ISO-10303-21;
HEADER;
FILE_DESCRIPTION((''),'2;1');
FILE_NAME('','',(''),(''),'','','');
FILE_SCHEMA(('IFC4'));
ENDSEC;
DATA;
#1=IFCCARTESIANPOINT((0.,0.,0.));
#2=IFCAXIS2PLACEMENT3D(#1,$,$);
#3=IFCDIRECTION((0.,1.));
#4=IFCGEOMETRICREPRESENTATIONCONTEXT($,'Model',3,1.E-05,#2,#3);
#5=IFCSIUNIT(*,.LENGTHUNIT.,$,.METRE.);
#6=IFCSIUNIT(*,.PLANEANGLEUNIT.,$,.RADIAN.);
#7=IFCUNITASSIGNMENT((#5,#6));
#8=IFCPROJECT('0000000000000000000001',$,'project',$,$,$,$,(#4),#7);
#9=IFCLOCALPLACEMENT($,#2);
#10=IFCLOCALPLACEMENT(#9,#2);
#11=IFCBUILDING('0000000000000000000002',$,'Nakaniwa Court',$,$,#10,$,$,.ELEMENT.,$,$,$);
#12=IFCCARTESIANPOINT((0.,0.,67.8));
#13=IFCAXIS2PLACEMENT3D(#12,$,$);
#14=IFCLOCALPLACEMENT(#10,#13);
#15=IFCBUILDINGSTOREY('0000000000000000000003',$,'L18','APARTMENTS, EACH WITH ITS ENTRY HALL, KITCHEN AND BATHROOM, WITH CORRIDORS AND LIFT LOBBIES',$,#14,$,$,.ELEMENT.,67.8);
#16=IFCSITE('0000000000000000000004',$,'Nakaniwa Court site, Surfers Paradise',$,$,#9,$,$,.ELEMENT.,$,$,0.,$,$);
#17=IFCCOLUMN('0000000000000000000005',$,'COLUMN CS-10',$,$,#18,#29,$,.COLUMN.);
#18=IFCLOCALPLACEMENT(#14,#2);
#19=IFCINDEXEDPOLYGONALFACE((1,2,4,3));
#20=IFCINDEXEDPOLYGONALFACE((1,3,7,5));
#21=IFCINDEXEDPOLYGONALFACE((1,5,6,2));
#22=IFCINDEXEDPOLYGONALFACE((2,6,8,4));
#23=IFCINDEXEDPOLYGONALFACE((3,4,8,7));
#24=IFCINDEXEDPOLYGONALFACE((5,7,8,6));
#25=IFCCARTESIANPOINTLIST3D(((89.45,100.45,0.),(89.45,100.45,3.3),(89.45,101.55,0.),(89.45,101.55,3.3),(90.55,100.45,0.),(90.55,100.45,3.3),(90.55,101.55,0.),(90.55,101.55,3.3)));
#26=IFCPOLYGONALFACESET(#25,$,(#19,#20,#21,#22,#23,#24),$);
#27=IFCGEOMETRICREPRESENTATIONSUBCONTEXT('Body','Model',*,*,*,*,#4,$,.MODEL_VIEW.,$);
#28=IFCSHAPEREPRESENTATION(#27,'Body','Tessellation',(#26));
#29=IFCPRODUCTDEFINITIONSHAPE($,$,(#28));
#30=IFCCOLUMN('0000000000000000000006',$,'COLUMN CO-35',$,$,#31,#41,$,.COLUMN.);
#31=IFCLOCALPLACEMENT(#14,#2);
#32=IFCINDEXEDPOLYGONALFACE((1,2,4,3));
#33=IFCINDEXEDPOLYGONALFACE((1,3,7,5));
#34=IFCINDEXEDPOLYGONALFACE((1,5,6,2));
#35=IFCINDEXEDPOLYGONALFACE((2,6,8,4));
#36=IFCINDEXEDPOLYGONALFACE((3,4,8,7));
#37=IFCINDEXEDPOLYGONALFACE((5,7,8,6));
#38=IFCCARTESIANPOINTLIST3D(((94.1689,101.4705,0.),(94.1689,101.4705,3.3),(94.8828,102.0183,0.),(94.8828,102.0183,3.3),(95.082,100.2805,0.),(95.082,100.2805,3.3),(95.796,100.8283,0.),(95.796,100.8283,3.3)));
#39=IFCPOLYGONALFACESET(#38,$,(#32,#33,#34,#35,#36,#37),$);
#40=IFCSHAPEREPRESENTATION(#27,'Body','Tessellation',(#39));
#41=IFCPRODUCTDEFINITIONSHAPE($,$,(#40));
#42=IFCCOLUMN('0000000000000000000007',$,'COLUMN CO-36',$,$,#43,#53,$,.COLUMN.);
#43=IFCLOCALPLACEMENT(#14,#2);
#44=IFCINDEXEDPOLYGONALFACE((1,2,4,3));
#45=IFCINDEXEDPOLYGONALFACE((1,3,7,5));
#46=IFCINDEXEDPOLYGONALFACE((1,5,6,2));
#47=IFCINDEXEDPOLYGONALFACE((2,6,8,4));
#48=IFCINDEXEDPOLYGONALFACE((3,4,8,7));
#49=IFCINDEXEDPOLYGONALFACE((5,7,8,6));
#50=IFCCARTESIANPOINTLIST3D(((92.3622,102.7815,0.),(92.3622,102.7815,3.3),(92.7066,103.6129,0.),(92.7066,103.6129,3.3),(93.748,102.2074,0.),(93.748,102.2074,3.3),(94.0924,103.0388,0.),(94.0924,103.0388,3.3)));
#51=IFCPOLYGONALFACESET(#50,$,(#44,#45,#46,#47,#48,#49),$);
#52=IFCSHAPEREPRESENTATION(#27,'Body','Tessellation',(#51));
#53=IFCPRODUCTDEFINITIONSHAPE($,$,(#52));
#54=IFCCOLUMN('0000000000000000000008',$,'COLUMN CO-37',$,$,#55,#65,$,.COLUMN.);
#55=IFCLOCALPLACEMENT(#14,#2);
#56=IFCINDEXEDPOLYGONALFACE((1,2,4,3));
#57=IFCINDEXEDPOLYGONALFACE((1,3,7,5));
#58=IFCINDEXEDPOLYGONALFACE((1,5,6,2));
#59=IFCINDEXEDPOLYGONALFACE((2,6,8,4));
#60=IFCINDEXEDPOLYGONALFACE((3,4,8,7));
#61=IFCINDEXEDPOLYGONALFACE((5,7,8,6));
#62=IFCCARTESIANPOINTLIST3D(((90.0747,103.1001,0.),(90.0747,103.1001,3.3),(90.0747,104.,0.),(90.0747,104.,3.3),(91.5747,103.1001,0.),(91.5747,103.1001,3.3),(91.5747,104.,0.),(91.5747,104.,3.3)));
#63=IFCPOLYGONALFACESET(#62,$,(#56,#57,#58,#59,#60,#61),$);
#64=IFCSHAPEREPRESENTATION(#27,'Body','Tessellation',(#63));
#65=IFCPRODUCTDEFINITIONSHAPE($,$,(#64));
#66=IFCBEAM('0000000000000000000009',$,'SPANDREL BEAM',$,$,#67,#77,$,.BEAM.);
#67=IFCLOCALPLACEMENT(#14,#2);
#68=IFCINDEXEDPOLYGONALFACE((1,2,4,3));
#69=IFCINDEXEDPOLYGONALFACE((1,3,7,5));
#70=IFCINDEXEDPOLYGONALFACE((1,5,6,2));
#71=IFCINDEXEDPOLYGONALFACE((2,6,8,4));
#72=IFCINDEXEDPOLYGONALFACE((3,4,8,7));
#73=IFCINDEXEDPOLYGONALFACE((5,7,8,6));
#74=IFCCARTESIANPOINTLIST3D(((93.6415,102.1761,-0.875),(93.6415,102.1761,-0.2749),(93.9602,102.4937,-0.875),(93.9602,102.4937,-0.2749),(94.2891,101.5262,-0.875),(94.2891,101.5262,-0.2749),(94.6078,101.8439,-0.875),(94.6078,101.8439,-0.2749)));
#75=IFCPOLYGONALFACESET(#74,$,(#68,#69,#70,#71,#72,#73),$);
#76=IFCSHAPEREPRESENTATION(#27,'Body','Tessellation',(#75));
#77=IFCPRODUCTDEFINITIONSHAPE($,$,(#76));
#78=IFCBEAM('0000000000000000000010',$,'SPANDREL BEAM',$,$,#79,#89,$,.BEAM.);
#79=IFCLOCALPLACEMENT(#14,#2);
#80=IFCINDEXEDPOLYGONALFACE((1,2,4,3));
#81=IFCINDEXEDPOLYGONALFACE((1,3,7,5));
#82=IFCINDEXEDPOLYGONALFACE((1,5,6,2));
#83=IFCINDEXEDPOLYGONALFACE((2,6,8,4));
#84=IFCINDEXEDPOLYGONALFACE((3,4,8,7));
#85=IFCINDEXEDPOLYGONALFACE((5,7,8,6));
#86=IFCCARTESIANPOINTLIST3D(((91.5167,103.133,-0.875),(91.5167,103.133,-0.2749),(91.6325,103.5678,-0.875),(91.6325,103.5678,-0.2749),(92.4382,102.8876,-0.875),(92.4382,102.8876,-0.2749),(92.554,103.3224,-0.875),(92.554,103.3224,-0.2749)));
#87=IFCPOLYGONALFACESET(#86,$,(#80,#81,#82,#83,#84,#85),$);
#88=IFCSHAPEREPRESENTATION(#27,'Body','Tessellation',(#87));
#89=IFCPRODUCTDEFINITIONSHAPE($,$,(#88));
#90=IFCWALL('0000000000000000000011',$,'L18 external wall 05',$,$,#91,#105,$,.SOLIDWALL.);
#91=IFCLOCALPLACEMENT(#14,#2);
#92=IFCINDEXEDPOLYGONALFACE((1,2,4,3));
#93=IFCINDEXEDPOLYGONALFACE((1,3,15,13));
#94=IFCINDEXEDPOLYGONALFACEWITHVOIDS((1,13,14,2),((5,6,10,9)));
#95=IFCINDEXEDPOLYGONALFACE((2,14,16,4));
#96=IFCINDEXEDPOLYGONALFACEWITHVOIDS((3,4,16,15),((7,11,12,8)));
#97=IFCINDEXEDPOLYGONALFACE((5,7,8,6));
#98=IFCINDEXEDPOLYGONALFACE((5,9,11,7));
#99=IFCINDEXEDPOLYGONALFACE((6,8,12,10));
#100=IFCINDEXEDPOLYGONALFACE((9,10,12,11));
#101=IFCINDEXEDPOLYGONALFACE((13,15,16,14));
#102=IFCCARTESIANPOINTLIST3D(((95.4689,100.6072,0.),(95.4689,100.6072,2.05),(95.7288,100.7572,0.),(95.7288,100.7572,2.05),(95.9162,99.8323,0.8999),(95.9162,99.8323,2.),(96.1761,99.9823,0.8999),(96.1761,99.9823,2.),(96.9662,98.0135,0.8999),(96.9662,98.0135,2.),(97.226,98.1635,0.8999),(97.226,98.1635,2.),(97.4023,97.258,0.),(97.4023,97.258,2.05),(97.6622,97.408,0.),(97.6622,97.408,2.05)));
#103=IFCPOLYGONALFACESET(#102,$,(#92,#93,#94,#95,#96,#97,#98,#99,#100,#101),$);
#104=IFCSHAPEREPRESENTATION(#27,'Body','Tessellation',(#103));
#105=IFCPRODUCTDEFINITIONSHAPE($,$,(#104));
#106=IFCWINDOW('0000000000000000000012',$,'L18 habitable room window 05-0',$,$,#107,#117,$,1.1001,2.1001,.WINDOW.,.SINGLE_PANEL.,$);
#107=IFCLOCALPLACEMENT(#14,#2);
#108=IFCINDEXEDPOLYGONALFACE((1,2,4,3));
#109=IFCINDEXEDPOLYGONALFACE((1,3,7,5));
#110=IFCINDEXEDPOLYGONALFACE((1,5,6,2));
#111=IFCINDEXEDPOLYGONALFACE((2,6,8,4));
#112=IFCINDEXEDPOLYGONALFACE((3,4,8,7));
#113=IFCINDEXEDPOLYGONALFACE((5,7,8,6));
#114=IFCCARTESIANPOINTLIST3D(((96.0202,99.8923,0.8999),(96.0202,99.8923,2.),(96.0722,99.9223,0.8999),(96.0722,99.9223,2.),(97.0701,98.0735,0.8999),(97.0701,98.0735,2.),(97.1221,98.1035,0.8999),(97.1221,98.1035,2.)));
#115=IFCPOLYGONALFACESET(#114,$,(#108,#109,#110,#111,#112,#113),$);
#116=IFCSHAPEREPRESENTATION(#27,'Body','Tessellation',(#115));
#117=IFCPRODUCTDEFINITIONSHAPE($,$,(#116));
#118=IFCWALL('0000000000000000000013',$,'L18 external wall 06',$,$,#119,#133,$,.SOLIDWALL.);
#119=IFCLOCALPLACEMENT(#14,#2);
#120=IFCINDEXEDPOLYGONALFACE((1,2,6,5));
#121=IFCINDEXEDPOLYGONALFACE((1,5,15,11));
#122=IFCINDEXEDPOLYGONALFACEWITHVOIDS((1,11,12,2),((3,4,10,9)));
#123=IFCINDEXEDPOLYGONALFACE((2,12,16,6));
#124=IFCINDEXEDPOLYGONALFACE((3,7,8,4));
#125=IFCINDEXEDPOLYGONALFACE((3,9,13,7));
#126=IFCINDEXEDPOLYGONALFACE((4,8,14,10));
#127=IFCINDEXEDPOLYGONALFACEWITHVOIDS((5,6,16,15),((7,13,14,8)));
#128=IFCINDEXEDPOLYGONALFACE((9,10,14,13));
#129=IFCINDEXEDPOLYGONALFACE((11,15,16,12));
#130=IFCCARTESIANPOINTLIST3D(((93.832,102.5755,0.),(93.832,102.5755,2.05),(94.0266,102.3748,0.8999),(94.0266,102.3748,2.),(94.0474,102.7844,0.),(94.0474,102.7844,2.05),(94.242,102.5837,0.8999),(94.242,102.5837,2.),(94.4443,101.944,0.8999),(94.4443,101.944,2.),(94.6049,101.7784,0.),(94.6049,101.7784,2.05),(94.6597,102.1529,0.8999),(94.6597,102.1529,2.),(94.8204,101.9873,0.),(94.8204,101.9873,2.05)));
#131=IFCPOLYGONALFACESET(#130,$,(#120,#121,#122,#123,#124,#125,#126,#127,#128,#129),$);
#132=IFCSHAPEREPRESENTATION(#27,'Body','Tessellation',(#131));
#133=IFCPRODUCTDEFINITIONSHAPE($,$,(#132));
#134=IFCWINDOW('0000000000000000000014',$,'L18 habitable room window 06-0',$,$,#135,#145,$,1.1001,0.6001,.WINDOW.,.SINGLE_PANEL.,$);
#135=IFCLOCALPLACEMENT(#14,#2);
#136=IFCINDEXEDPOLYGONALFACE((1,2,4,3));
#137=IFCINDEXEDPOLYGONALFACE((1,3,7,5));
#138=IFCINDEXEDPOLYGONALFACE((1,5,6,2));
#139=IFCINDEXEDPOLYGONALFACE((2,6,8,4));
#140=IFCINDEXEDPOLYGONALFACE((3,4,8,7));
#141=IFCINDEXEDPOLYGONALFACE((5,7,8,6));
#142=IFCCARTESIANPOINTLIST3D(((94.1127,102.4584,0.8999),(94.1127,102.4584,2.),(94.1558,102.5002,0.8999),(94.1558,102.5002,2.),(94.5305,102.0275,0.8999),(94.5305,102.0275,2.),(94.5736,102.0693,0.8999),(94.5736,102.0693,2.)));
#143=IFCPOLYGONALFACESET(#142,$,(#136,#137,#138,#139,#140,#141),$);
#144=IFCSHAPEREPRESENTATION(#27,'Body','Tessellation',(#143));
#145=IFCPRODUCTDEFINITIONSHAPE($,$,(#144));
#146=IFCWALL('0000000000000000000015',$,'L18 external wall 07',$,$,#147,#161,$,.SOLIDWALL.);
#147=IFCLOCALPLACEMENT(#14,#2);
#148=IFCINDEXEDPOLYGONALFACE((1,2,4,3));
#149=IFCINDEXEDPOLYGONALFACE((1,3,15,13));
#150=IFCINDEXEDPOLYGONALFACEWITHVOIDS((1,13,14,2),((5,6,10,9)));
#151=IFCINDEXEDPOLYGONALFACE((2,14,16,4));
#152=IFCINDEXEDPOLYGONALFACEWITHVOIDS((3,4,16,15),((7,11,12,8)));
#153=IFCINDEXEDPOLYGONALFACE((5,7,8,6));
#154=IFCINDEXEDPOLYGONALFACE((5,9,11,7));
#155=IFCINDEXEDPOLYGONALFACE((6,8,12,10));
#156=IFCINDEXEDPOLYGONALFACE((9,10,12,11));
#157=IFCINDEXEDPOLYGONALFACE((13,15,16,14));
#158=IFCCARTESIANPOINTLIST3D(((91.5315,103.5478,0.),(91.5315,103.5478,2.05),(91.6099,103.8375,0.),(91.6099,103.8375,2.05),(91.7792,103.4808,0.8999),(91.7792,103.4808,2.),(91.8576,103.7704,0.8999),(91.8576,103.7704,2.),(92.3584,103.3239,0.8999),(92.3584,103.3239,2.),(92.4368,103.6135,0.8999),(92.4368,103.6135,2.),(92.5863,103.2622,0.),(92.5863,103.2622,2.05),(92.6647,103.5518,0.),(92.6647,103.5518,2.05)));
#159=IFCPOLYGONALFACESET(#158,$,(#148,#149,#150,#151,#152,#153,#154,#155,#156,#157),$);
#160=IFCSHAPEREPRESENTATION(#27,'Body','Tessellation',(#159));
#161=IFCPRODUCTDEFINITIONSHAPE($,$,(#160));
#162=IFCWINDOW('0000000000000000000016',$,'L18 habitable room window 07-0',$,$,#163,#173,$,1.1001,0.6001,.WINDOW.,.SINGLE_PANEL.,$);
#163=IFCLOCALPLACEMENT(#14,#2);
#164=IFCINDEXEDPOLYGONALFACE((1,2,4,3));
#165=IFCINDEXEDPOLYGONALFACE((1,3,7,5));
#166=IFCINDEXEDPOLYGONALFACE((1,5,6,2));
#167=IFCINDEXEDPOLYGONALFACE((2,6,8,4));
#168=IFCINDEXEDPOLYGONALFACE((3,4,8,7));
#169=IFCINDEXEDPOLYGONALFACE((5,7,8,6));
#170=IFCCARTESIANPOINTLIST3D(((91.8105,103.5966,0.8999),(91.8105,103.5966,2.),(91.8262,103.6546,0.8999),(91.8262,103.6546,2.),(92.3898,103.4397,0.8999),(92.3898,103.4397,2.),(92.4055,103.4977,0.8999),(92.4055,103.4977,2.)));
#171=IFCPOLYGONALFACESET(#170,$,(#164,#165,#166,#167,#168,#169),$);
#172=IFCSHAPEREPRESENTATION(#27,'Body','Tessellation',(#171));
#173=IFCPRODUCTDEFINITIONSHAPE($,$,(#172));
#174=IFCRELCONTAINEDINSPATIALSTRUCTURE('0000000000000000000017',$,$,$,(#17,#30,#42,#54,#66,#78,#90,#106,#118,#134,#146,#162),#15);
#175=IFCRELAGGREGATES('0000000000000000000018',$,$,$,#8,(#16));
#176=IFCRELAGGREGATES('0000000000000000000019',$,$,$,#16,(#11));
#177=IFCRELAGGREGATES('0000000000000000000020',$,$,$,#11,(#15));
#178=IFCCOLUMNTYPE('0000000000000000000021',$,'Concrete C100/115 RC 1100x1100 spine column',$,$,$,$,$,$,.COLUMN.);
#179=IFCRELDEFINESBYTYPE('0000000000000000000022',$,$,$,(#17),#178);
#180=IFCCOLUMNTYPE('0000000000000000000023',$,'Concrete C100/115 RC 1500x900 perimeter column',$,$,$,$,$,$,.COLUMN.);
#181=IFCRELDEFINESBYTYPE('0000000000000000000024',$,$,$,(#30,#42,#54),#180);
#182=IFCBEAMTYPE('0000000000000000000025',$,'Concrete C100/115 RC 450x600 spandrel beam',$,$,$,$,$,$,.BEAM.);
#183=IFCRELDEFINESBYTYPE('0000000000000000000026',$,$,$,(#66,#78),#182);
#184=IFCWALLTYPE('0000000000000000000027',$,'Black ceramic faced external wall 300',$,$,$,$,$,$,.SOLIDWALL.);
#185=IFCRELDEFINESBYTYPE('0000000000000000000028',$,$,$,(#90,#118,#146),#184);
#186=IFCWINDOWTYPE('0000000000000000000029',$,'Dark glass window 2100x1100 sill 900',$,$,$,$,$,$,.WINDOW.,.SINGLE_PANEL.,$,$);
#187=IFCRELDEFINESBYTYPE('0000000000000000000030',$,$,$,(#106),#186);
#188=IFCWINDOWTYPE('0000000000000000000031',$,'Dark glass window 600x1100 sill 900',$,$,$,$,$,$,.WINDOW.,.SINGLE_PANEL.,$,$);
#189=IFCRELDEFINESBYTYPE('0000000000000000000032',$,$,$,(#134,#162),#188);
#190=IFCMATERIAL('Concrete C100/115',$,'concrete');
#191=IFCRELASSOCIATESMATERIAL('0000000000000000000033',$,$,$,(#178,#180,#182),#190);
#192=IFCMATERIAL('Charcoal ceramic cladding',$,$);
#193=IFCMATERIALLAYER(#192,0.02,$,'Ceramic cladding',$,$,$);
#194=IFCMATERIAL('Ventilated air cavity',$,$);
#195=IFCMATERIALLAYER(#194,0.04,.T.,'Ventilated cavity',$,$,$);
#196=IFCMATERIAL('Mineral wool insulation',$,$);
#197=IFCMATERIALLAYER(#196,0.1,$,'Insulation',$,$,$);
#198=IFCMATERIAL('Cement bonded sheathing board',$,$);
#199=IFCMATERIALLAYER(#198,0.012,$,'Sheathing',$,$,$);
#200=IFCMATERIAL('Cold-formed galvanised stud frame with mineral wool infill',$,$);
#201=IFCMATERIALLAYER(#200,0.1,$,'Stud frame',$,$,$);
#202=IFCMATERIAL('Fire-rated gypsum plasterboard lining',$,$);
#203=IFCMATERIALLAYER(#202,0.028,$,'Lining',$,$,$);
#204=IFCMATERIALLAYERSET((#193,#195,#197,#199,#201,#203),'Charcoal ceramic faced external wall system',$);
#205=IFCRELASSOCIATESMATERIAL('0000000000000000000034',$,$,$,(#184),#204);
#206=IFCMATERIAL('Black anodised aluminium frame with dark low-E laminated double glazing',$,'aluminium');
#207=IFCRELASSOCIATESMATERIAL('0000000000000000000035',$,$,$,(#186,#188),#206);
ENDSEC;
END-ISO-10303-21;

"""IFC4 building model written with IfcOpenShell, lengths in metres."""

from ifc_helpers import new_model, si_unit, direction, frame, frame_2d, origin, origin_2d, place, context, subcontext, project, spatial, rectangle, extrude, material, layer, layer_set, material_profile, profile_set, type_object, element, fill, save


model = new_model("IFC4")

# Units and contexts
model_context = context("Model", 3, precision=1e-05, world=origin(), true_north=direction((0.0, 1.0)))
body_context = subcontext(model_context, "Body", "Model", "MODEL_VIEW")
ifc_project = project(units=[si_unit("LENGTHUNIT", "METRE"), si_unit("PLANEANGLEUNIT", "RADIAN")], contexts=[model_context])

# Site, building, storey
site_placement = place(None, origin())
site = spatial("IfcSite", under=ifc_project, at=site_placement, Name="Nakaniwa Court site, Surfers Paradise", CompositionType="ELEMENT", RefElevation=0.0)
building_placement = place(site_placement, origin())
building = spatial("IfcBuilding", under=site, at=building_placement, Name="Nakaniwa Court", CompositionType="ELEMENT")
storey_placement = place(building_placement, frame((0.0, 0.0, 67.8)))
storey = spatial("IfcBuildingStorey", under=building, at=storey_placement, Name="L18", Description="APARTMENTS, EACH WITH ITS ENTRY HALL, KITCHEN AND BATHROOM, WITH CORRIDORS AND LIFT LOBBIES", CompositionType="ELEMENT", Elevation=67.8)

# Columns
ifc_material_1 = material(Name="Concrete C100/115", Category="concrete")
ifc_material_profile_1 = material_profile(ifc_material_1, rectangle(XDim=1.1001, YDim=1.1001, at=origin_2d()), Name="Concrete C100/115 RC 1100x1100 spine column")
ifc_profile_set_1 = profile_set([ifc_material_profile_1], Name="Concrete C100/115")
column_type_1 = type_object("IfcColumnType", Name="Concrete C100/115 RC 1100x1100 spine column", PredefinedType="COLUMN", material=ifc_profile_set_1)
column_placement = place(storey_placement, frame((90.0, 101.0, 0.0), z_axis=(0.0, 0.0, 1.0), x_axis=(0.0, 1.0, 0.0)))
element("IfcColumn", 1, at=column_placement, inside=storey, type_object=column_type_1, Name="COLUMN CS-10", PredefinedType="COLUMN", context=body_context, shape_type="SweptSolid", body=[
    extrude(rectangle(XDim=1.1001, YDim=1.1001, at=origin_2d()), origin(), (0.0, 0.0, 1.0), 3.3),
])
ifc_material_profile_2 = material_profile(ifc_material_1, rectangle(XDim=1.5, YDim=0.8999, at=origin_2d()), Name="Concrete C100/115 RC 1500x900 perimeter column")
ifc_profile_set_2 = profile_set([ifc_material_profile_2], Name="Concrete C100/115")
column_type_2 = type_object("IfcColumnType", Name="Concrete C100/115 RC 1500x900 perimeter column", PredefinedType="COLUMN", material=ifc_profile_set_2)
for number, where, z_axis, x_axis, name in (
    (2, (94.9824, 101.1494, 0.0), (0.0, 0.0, 1.0), (-0.608761, 0.793353, 0.0), "COLUMN CO-35"),
    (3, (93.2273, 102.9102, 0.0), (0.0, 0.0, 1.0), (-0.92388, 0.382683, 0.0), "COLUMN CO-36"),
    (4, (90.8247, 103.55, 0.0), (0.0, 0.0, 1.0), (-1.0, 0.0, 0.0), "COLUMN CO-37"),
):
    element("IfcColumn", number, at=place(storey_placement, frame(where, z_axis=z_axis, x_axis=x_axis)), inside=storey, type_object=column_type_2, Name=name, PredefinedType="COLUMN", context=body_context, shape_type="SweptSolid", body=[
        extrude(rectangle(XDim=1.5, YDim=0.8999, at=origin_2d()), origin(), (0.0, 0.0, 1.0), 3.3),
    ])

# Beams
ifc_material_profile_3 = material_profile(ifc_material_1, rectangle(XDim=0.45, YDim=0.6001, at=origin_2d()), Name="Concrete C100/115 RC 450x600 spandrel beam")
ifc_profile_set_3 = profile_set([ifc_material_profile_3], Name="Concrete C100/115")
beam_type = type_object("IfcBeamType", Name="Concrete C100/115 RC 450x600 spandrel beam", PredefinedType="BEAM", material=ifc_profile_set_3)
beam_1_placement = place(storey_placement, frame((94.4485, 101.6851, -0.575), z_axis=(-0.705908, 0.708303, 0.0), x_axis=(-0.708303, -0.705908, 0.0)))
element("IfcBeam", 5, at=beam_1_placement, inside=storey, type_object=beam_type, Name="SPANDREL BEAM", PredefinedType="BEAM", context=body_context, shape_type="SweptSolid", body=[
    extrude(rectangle(XDim=0.45, YDim=0.6001, at=origin_2d()), origin(), (0.0, 0.0, 1.0), 0.9175),
])
beam_2_placement = place(storey_placement, frame((92.4961, 103.105, -0.575), z_axis=(-0.966324, 0.257328, 0.0), x_axis=(-0.257328, -0.966324, 0.0)))
element("IfcBeam", 6, at=beam_2_placement, inside=storey, type_object=beam_type, Name="SPANDREL BEAM", PredefinedType="BEAM", context=body_context, shape_type="SweptSolid", body=[
    extrude(rectangle(XDim=0.45, YDim=0.6001, at=origin_2d()), origin(), (0.0, 0.0, 1.0), 0.9536),
])

# Walls, openings, windows
ifc_material_2 = material(Name="Charcoal ceramic cladding")
ifc_layer_1 = layer(ifc_material_2, 0.02, Name="Ceramic cladding")
ifc_material_3 = material(Name="Ventilated air cavity")
ifc_layer_2 = layer(ifc_material_3, 0.04, ventilated=True, Name="Ventilated cavity")
ifc_material_4 = material(Name="Mineral wool insulation")
ifc_layer_3 = layer(ifc_material_4, 0.1, Name="Insulation")
ifc_material_5 = material(Name="Cement bonded sheathing board")
ifc_layer_4 = layer(ifc_material_5, 0.012, Name="Sheathing")
ifc_material_6 = material(Name="Cold-formed galvanised stud frame with mineral wool infill")
ifc_layer_5 = layer(ifc_material_6, 0.1, Name="Stud frame")
ifc_material_7 = material(Name="Fire-rated gypsum plasterboard lining")
ifc_layer_6 = layer(ifc_material_7, 0.028, Name="Lining")
ifc_layer_set = layer_set([ifc_layer_1, ifc_layer_2, ifc_layer_3, ifc_layer_4, ifc_layer_5, ifc_layer_6], Name="Charcoal ceramic faced external wall system")
wall_type = type_object("IfcWallType", Name="Black ceramic faced external wall 300", PredefinedType="SOLIDWALL", material=ifc_layer_set)
wall_1_placement = place(storey_placement, frame((97.5322, 97.333, 0.0), z_axis=(0.0, 0.0, 1.0), x_axis=(-0.499948, 0.866055, 0.0)))
wall_1 = element("IfcWall", 7, at=wall_1_placement, inside=storey, type_object=wall_type, Name="L18 external wall 05", PredefinedType="SOLIDWALL", context=body_context, shape_type="SweptSolid", body=[
    extrude(rectangle(XDim=3.8672, YDim=0.3, at=frame_2d((1.9336, 0.0))), origin(), (0.0, 0.0, 1.0), 2.05),
])
opening_1_placement = place(wall_1_placement, frame((0.8723, 0.0, 0.8999)))
opening_1 = element("IfcOpeningElement", 8, at=opening_1_placement, cuts=wall_1, PredefinedType="OPENING", context=body_context, shape_type="SweptSolid", body=[
    extrude(rectangle(XDim=2.1001, YDim=1.1001, at=frame_2d((1.05, 0.55))), frame((0.0, 0.1599, 0.0), z_axis=(0.0, -1.0, 0.0), x_axis=(1.0, 0.0, 0.0)), (0.0, 0.0, 1.0), 0.3201),
])
ifc_material_8 = material(Name="Black anodised aluminium frame with dark low-E laminated double glazing", Category="aluminium")
window_type_1 = type_object("IfcWindowType", Name="Dark glass window 2100x1100 sill 900", PartitioningType="SINGLE_PANEL", PredefinedType="WINDOW", material=ifc_material_8)
window_1_placement = place(opening_1_placement, origin())
window_1 = element("IfcWindow", 9, at=window_1_placement, inside=storey, type_object=window_type_1, Name="L18 habitable room window 05-0", OverallHeight=1.1001, OverallWidth=2.1001, PartitioningType="SINGLE_PANEL", PredefinedType="WINDOW", context=body_context, shape_type="SweptSolid", body=[
    extrude(rectangle(XDim=2.1001, YDim=1.1001, at=frame_2d((1.05, 0.55))), frame((0.0, 0.03, 0.0), z_axis=(0.0, -1.0, 0.0), x_axis=(1.0, 0.0, 0.0)), (0.0, 0.0, 1.0), 0.0601),
])
fill(opening_1, window_1)
wall_2_placement = place(storey_placement, frame((94.7126, 101.8828, 0.0), z_axis=(0.0, 0.0, 1.0), x_axis=(-0.696139, 0.717907, 0.0)))
wall_2 = element("IfcWall", 10, at=wall_2_placement, inside=storey, type_object=wall_type, Name="L18 external wall 06", PredefinedType="SOLIDWALL", context=body_context, shape_type="SweptSolid", body=[
    extrude(rectangle(XDim=1.1104, YDim=0.3, at=frame_2d((0.5552, 0.0))), origin(), (0.0, 0.0, 1.0), 2.05),
])
opening_2_placement = place(wall_2_placement, frame((0.2307, 0.0, 0.8999)))
opening_2 = element("IfcOpeningElement", 11, at=opening_2_placement, cuts=wall_2, PredefinedType="OPENING", context=body_context, shape_type="SweptSolid", body=[
    extrude(rectangle(XDim=0.6001, YDim=1.1001, at=frame_2d((0.3, 0.55))), frame((0.0, 0.1599, 0.0), z_axis=(0.0, -1.0, 0.0), x_axis=(1.0, 0.0, 0.0)), (0.0, 0.0, 1.0), 0.3201),
])
window_type_2 = type_object("IfcWindowType", Name="Dark glass window 600x1100 sill 900", PartitioningType="SINGLE_PANEL", PredefinedType="WINDOW", material=ifc_material_8)
window_2_placement = place(opening_2_placement, origin())
window_2 = element("IfcWindow", 12, at=window_2_placement, inside=storey, type_object=window_type_2, Name="L18 habitable room window 06-0", OverallHeight=1.1001, OverallWidth=0.6001, PartitioningType="SINGLE_PANEL", PredefinedType="WINDOW", context=body_context, shape_type="SweptSolid", body=[
    extrude(rectangle(XDim=0.6001, YDim=1.1001, at=frame_2d((0.3, 0.55))), frame((0.0, 0.03, 0.0), z_axis=(0.0, -1.0, 0.0), x_axis=(1.0, 0.0, 0.0)), (0.0, 0.0, 1.0), 0.0601),
])
fill(opening_2, window_2)
wall_3_placement = place(storey_placement, frame((92.6255, 103.407, 0.0), z_axis=(0.0, 0.0, 1.0), x_axis=(-0.965226, 0.261415, 0.0)))
wall_3 = element("IfcWall", 13, at=wall_3_placement, inside=storey, type_object=wall_type, Name="L18 external wall 07", PredefinedType="SOLIDWALL", context=body_context, shape_type="SweptSolid", body=[
    extrude(rectangle(XDim=1.0928, YDim=0.3, at=frame_2d((0.5464, 0.0))), origin(), (0.0, 0.0, 1.0), 2.05),
])
opening_3_placement = place(wall_3_placement, frame((0.2361, 0.0, 0.8999)))
opening_3 = element("IfcOpeningElement", 14, at=opening_3_placement, cuts=wall_3, PredefinedType="OPENING", context=body_context, shape_type="SweptSolid", body=[
    extrude(rectangle(XDim=0.6001, YDim=1.1001, at=frame_2d((0.3, 0.55))), frame((0.0, 0.1599, 0.0), z_axis=(0.0, -1.0, 0.0), x_axis=(1.0, 0.0, 0.0)), (0.0, 0.0, 1.0), 0.3201),
])
window_3_placement = place(opening_3_placement, origin())
window_3 = element("IfcWindow", 15, at=window_3_placement, inside=storey, type_object=window_type_2, Name="L18 habitable room window 07-0", OverallHeight=1.1001, OverallWidth=0.6001, PartitioningType="SINGLE_PANEL", PredefinedType="WINDOW", context=body_context, shape_type="SweptSolid", body=[
    extrude(rectangle(XDim=0.6001, YDim=1.1001, at=frame_2d((0.3, 0.55))), frame((0.0, 0.03, 0.0), z_axis=(0.0, -1.0, 0.0), x_axis=(1.0, 0.0, 0.0)), (0.0, 0.0, 1.0), 0.0601),
])
fill(opening_3, window_3)

save(model, "model.ifc")
